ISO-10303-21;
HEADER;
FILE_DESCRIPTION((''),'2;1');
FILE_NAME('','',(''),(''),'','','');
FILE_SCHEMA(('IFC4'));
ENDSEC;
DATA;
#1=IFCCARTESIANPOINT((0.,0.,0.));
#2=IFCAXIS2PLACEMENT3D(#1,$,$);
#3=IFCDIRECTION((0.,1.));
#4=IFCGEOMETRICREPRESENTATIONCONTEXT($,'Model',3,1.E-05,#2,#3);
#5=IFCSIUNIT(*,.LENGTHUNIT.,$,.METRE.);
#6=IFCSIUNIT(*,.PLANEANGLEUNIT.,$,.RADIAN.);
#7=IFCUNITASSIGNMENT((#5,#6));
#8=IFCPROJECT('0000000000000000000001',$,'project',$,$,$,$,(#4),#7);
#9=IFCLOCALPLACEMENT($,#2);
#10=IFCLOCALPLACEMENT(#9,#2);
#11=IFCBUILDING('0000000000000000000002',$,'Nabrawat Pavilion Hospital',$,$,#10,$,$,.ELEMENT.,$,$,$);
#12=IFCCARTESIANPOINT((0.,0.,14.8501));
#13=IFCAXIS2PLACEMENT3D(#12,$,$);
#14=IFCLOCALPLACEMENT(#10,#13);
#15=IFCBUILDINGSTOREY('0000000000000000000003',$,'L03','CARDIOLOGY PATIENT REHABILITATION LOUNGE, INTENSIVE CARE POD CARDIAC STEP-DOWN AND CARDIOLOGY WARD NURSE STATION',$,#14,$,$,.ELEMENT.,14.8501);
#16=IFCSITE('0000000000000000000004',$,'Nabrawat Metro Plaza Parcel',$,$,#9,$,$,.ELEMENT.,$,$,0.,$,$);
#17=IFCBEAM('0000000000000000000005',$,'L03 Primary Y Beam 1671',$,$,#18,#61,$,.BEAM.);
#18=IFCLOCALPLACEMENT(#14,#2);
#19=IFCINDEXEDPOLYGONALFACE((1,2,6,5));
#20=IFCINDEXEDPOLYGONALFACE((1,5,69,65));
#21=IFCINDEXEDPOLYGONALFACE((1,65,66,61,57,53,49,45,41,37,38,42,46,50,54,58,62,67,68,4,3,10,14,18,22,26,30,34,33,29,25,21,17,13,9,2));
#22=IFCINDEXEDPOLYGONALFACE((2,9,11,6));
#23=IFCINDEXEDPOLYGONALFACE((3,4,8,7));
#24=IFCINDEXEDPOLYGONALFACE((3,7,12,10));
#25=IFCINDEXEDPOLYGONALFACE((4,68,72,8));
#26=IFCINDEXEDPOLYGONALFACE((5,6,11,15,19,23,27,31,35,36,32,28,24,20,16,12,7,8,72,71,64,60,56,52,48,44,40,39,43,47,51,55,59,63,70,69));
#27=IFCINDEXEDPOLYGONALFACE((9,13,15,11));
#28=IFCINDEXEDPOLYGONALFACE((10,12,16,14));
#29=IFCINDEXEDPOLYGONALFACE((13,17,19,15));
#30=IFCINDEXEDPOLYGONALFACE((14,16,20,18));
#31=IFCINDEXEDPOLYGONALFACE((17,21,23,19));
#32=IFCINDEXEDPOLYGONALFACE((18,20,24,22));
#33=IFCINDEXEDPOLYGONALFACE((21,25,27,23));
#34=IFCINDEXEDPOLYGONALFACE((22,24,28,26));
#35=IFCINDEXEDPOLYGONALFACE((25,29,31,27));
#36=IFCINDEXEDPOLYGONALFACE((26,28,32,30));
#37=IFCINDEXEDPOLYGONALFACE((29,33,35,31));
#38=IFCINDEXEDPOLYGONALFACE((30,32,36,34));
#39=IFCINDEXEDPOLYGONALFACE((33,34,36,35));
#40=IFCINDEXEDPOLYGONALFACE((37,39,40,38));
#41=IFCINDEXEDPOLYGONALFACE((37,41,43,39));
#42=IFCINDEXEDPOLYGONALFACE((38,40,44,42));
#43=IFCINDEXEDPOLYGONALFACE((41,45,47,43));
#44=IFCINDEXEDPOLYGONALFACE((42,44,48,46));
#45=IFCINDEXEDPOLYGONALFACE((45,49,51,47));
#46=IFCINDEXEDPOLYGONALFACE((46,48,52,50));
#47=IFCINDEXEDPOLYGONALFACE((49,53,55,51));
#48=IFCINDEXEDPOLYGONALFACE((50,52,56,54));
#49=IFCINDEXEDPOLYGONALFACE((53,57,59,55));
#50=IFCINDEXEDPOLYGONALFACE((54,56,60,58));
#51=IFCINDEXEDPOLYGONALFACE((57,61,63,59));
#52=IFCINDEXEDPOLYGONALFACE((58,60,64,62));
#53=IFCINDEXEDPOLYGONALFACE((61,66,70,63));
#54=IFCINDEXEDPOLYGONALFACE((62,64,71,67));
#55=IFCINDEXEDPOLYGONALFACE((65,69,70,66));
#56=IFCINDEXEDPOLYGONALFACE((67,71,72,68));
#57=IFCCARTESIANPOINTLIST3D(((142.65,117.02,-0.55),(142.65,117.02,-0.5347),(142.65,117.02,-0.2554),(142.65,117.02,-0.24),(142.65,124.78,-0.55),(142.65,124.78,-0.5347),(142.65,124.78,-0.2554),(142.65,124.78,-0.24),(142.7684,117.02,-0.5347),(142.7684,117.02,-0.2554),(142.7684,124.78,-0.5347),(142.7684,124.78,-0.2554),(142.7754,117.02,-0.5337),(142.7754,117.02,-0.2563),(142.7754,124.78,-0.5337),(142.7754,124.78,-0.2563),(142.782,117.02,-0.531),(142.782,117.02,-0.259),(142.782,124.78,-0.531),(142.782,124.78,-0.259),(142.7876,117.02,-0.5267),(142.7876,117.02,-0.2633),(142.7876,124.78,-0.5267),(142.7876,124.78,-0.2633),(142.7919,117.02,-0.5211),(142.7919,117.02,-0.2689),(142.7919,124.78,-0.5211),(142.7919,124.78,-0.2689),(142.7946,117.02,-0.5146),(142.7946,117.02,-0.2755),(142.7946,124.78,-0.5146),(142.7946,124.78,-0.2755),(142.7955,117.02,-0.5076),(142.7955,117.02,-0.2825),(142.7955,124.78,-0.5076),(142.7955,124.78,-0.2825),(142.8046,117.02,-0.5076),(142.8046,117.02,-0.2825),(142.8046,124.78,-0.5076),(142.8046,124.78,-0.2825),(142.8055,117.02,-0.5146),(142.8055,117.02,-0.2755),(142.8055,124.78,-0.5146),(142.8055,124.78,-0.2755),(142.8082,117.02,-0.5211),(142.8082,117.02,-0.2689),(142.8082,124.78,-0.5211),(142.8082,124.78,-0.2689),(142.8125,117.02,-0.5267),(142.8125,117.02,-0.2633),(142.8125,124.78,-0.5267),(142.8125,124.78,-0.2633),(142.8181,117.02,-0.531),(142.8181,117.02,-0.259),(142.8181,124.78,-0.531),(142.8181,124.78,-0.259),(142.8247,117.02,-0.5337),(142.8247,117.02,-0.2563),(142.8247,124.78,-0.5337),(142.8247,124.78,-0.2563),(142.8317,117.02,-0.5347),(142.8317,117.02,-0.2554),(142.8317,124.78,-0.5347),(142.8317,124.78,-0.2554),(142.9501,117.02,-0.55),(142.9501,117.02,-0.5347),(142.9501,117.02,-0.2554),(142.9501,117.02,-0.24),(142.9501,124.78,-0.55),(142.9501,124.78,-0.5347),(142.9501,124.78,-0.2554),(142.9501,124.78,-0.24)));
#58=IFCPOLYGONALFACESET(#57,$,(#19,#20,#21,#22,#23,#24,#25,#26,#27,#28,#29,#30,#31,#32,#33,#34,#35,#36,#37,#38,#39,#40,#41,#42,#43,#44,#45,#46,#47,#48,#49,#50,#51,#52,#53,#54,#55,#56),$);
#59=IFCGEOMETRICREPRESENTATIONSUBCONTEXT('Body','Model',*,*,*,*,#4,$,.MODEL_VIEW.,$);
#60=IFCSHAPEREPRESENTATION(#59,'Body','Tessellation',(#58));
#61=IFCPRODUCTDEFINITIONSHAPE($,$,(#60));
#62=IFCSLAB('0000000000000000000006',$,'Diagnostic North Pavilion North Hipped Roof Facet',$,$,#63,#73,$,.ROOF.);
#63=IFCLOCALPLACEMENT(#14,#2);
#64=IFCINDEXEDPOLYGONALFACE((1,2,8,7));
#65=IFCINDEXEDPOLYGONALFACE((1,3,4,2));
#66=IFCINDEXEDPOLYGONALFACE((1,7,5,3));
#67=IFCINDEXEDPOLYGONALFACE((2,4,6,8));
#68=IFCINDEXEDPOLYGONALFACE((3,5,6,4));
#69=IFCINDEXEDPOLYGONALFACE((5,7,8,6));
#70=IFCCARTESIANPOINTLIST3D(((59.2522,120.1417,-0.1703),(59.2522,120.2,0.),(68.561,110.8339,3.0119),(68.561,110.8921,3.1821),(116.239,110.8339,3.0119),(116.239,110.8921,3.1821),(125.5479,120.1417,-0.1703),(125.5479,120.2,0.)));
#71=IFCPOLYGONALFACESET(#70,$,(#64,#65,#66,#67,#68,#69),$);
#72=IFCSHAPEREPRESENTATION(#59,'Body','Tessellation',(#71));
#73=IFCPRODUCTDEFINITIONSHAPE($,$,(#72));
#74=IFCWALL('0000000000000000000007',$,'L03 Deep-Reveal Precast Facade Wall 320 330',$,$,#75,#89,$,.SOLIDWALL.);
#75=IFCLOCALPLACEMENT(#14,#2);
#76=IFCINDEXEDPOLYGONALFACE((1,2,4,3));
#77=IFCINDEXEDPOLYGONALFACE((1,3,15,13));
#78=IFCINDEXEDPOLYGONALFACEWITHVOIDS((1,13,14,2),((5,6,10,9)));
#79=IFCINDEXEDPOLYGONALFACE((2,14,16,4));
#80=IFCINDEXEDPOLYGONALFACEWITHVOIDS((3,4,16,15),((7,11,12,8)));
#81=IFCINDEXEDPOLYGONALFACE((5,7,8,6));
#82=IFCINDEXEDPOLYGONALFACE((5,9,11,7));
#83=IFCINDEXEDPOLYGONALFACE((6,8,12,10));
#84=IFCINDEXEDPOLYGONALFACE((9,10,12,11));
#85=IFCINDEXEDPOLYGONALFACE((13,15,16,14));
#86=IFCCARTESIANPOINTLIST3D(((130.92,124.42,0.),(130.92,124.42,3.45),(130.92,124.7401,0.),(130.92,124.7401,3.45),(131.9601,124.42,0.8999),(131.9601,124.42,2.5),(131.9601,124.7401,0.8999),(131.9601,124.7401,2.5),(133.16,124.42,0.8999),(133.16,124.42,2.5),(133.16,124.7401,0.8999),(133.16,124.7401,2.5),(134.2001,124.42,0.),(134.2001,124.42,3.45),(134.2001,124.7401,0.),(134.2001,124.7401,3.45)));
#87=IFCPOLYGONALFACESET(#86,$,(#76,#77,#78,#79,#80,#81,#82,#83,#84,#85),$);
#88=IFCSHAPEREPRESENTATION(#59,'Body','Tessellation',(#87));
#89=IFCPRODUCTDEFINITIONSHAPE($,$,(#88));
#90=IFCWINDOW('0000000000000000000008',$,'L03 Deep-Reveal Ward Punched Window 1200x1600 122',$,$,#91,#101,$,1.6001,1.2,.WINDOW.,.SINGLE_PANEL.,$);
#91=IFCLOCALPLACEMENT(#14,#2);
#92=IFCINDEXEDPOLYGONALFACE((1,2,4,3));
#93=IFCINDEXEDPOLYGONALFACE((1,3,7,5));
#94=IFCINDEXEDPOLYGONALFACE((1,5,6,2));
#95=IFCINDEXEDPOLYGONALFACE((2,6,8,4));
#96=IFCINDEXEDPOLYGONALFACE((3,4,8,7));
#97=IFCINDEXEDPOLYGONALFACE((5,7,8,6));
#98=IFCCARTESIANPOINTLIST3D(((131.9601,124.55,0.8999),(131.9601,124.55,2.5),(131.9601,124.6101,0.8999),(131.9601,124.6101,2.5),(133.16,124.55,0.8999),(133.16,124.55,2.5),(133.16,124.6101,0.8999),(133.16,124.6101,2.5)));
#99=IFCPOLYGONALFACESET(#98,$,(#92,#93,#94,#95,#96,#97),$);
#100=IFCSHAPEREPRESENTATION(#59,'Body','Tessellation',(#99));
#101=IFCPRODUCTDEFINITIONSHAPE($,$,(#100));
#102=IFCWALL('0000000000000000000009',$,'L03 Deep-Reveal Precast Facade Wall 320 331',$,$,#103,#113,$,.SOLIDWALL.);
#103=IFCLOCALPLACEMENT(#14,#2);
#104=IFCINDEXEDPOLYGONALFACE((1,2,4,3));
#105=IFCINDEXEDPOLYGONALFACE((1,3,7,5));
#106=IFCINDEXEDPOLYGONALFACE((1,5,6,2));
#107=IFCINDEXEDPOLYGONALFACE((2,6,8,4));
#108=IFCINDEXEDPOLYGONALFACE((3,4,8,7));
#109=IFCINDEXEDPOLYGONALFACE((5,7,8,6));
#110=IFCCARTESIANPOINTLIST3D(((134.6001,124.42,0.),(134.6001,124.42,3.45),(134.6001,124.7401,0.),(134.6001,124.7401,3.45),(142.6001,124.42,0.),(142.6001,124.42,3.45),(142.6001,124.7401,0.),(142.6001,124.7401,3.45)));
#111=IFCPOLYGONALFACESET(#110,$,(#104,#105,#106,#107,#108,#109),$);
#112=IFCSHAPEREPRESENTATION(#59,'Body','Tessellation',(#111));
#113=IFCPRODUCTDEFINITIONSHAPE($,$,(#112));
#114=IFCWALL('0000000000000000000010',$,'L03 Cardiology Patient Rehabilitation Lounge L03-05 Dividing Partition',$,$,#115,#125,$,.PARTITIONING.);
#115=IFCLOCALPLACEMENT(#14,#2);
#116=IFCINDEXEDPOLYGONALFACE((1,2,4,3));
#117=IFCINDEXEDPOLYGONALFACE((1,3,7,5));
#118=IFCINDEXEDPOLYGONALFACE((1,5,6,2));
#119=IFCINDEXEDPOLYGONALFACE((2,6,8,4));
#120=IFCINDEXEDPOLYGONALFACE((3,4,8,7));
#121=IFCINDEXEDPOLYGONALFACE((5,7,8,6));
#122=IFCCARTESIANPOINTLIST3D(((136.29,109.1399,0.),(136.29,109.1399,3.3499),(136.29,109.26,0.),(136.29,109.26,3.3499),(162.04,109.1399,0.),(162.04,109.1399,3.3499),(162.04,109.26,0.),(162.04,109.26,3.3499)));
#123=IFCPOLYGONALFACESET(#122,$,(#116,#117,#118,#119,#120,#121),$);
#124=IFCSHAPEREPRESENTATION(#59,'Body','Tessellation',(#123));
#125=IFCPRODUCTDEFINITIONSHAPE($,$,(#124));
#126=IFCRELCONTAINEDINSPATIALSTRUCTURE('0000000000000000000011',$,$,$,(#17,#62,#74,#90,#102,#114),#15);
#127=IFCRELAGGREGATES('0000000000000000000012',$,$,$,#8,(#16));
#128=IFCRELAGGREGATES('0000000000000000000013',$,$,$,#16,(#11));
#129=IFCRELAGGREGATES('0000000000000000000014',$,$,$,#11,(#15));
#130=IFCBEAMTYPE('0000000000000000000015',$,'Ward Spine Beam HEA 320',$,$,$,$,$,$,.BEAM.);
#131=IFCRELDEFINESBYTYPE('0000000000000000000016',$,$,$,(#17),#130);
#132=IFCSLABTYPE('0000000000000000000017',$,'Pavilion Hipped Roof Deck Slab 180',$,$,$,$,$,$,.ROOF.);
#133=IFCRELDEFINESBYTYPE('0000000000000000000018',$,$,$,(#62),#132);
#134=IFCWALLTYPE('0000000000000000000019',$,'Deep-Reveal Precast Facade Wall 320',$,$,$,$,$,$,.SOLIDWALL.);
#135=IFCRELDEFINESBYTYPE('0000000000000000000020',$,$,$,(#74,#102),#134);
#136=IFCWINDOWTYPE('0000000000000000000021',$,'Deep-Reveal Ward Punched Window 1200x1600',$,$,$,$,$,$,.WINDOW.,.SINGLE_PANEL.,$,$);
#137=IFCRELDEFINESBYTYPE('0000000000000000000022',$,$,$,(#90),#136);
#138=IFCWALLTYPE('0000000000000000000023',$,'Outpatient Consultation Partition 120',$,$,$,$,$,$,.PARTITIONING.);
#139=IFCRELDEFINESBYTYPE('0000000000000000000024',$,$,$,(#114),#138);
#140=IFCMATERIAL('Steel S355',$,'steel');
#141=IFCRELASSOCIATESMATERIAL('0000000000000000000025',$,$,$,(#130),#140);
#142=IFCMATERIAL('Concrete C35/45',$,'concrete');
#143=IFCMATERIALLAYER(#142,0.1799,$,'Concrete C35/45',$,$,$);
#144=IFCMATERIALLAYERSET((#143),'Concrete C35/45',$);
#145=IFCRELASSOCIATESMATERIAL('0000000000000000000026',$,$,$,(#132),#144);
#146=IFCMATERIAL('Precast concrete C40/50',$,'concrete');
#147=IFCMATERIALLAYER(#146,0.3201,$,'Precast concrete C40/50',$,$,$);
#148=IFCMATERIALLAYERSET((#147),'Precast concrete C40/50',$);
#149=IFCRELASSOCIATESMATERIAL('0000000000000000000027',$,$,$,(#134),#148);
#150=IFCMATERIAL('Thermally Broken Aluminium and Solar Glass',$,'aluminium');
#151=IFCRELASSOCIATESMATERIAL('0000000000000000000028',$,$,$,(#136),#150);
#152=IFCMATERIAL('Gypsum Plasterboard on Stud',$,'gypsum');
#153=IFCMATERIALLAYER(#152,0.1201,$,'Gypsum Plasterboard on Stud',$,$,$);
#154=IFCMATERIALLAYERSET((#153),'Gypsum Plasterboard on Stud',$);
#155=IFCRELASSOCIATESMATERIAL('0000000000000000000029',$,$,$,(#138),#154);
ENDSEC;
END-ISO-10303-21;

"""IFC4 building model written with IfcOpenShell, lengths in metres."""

from ifc_helpers import new_model, si_unit, direction, frame, frame_2d, origin, origin_2d, place, context, subcontext, project, spatial, polyline, rectangle, i_section, outline, extrude, material, layer, layer_set, material_profile, profile_set, type_object, element, fill, save


model = new_model("IFC4")

# Units and contexts
model_context = context("Model", 3, precision=1e-05, world=origin(), true_north=direction((0.0, 1.0)))
body_context = subcontext(model_context, "Body", "Model", "MODEL_VIEW")
ifc_project = project(units=[si_unit("LENGTHUNIT", "METRE"), si_unit("PLANEANGLEUNIT", "RADIAN")], contexts=[model_context])

# Site, building, storey
site_placement = place(None, origin())
site = spatial("IfcSite", under=ifc_project, at=site_placement, Name="Nabrawat Metro Plaza Parcel", CompositionType="ELEMENT", RefElevation=0.0)
building_placement = place(site_placement, origin())
building = spatial("IfcBuilding", under=site, at=building_placement, Name="Nabrawat Pavilion Hospital", CompositionType="ELEMENT")
storey_placement = place(building_placement, frame((0.0, 0.0, 14.8501)))
storey = spatial("IfcBuildingStorey", under=building, at=storey_placement, Name="L03", Description="CARDIOLOGY PATIENT REHABILITATION LOUNGE, INTENSIVE CARE POD CARDIAC STEP-DOWN AND CARDIOLOGY WARD NURSE STATION", CompositionType="ELEMENT", Elevation=14.8501)

# Shared definitions
ifc_material_1 = material(Name="Steel S355", Category="steel")

# Beam
ifc_material_profile_1 = material_profile(ifc_material_1, i_section(OverallWidth=0.3, OverallDepth=0.3101, WebThickness=0.009, FlangeThickness=0.0154, FilletRadius=0.0271, at=origin_2d()), Name="HEA 320")
ifc_profile_set_1 = profile_set([ifc_material_profile_1], Name="Steel S355")
beam_type_1 = type_object("IfcBeamType", Name="Ward Spine Beam HEA 320", PredefinedType="BEAM", material=ifc_profile_set_1)
for number, where, z_axis, x_axis, name in (
    (1, (142.8, 117.02, -0.395), (0.0, 1.0, 0.0), (-1.0, 0.0, 0.0), "L03 Primary Y Beam 1671"),
):
    element("IfcBeam", number, at=place(storey_placement, frame(where, z_axis=z_axis, x_axis=x_axis)), inside=storey, type_object=beam_type_1, Name=name, PredefinedType="BEAM", context=body_context, shape_type="SweptSolid", body=[
        extrude(i_section(OverallWidth=0.3, OverallDepth=0.3101, WebThickness=0.009, FlangeThickness=0.0154, FilletRadius=0.0271, at=origin_2d()), origin(), (0.0, 0.0, 1.0), 7.76),
    ])

# Slab
ifc_material_2 = material(Name="Concrete C35/45", Category="concrete")
ifc_layer_1 = layer(ifc_material_2, 0.1799, Name="Concrete C35/45")
ifc_layer_set_1 = layer_set([ifc_layer_1], Name="Concrete C35/45")
slab_type = type_object("IfcSlabType", Name="Pavilion Hipped Roof Deck Slab 180", PredefinedType="ROOF", material=ifc_layer_set_1)
slab_placement = place(storey_placement, frame((125.5479, 120.2, 0.0), z_axis=(0.0, 0.323493, 0.946231), x_axis=(-1.0, 0.0, 0.0)))
element("IfcSlab", 2, at=slab_placement, inside=storey, type_object=slab_type, Name="Diagnostic North Pavilion North Hipped Roof Facet", PredefinedType="ROOF", context=body_context, shape_type="SweptSolid", body=[
    extrude(outline(polyline([(0.0, 0.0), (66.2957, 0.0), (56.9868, 9.8368), (9.3088, 9.8368), (0.0, 0.0)])), origin(), (0.0, 0.0, -1.0), 0.1799),
])

# Wall, opening, window
ifc_material_3 = material(Name="Precast concrete C40/50", Category="concrete")
ifc_layer_2 = layer(ifc_material_3, 0.3201, Name="Precast concrete C40/50")
ifc_layer_set_2 = layer_set([ifc_layer_2], Name="Precast concrete C40/50")
wall_type_1 = type_object("IfcWallType", Name="Deep-Reveal Precast Facade Wall 320", PredefinedType="SOLIDWALL", material=ifc_layer_set_2)
wall_1_placement = place(storey_placement, frame((130.9199, 124.5801, 0.0), z_axis=(0.0, 0.0, 1.0), x_axis=(1.0, 0.0, 0.0)))
wall_1 = element("IfcWall", 3, at=wall_1_placement, inside=storey, type_object=wall_type_1, Name="L03 Deep-Reveal Precast Facade Wall 320 330", PredefinedType="SOLIDWALL", context=body_context, shape_type="SweptSolid", body=[
    extrude(rectangle(XDim=3.28, YDim=0.3201, at=frame_2d((1.6401, 0.0))), origin(), (0.0, 0.0, 1.0), 3.45),
])
opening_placement = place(wall_1_placement, frame((1.04, 0.0, 0.8999)))
opening = element("IfcOpeningElement", 4, at=opening_placement, cuts=wall_1, PredefinedType="OPENING", context=body_context, shape_type="SweptSolid", body=[
    extrude(rectangle(XDim=1.2, YDim=1.6001, at=frame_2d((0.6001, 0.8))), frame((0.0, 0.1699, 0.0), z_axis=(0.0, -1.0, 0.0), x_axis=(1.0, 0.0, 0.0)), (0.0, 0.0, 1.0), 0.3401),
])
ifc_material_4 = material(Name="Thermally Broken Aluminium and Solar Glass", Category="aluminium")
window_type = type_object("IfcWindowType", Name="Deep-Reveal Ward Punched Window 1200x1600", PartitioningType="SINGLE_PANEL", PredefinedType="WINDOW", material=ifc_material_4)
window_placement = place(opening_placement, origin())
window = element("IfcWindow", 5, at=window_placement, inside=storey, type_object=window_type, Name="L03 Deep-Reveal Ward Punched Window 1200x1600 122", OverallHeight=1.6001, OverallWidth=1.2, PartitioningType="SINGLE_PANEL", PredefinedType="WINDOW", context=body_context, shape_type="SweptSolid", body=[
    extrude(rectangle(XDim=1.2, YDim=1.6001, at=frame_2d((0.6001, 0.8))), frame((0.0, 0.03, 0.0), z_axis=(0.0, -1.0, 0.0), x_axis=(1.0, 0.0, 0.0)), (0.0, 0.0, 1.0), 0.0601),
])
fill(opening, window)

# Walls
wall_2_placement = place(storey_placement, frame((134.6001, 124.5801, 0.0), z_axis=(0.0, 0.0, 1.0), x_axis=(1.0, 0.0, 0.0)))
element("IfcWall", 6, at=wall_2_placement, inside=storey, type_object=wall_type_1, Name="L03 Deep-Reveal Precast Facade Wall 320 331", PredefinedType="SOLIDWALL", context=body_context, shape_type="SweptSolid", body=[
    extrude(rectangle(XDim=8.0, YDim=0.3201, at=frame_2d((4.0, 0.0))), origin(), (0.0, 0.0, 1.0), 3.45),
])
ifc_material_5 = material(Name="Gypsum Plasterboard on Stud", Category="gypsum")
ifc_layer_3 = layer(ifc_material_5, 0.1201, Name="Gypsum Plasterboard on Stud")
ifc_layer_set_3 = layer_set([ifc_layer_3], Name="Gypsum Plasterboard on Stud")
wall_type_2 = type_object("IfcWallType", Name="Outpatient Consultation Partition 120", PredefinedType="PARTITIONING", material=ifc_layer_set_3)
wall_3_placement = place(storey_placement, frame((136.29, 109.2, 0.0), z_axis=(0.0, 0.0, 1.0), x_axis=(1.0, 0.0, 0.0)))
element("IfcWall", 7, at=wall_3_placement, inside=storey, type_object=wall_type_2, Name="L03 Cardiology Patient Rehabilitation Lounge L03-05 Dividing Partition", PredefinedType="PARTITIONING", context=body_context, shape_type="SweptSolid", body=[
    extrude(rectangle(XDim=25.75, YDim=0.1201, at=frame_2d((12.875, 0.0))), origin(), (0.0, 0.0, 1.0), 3.3499),
])

save(model, "model.ifc")
